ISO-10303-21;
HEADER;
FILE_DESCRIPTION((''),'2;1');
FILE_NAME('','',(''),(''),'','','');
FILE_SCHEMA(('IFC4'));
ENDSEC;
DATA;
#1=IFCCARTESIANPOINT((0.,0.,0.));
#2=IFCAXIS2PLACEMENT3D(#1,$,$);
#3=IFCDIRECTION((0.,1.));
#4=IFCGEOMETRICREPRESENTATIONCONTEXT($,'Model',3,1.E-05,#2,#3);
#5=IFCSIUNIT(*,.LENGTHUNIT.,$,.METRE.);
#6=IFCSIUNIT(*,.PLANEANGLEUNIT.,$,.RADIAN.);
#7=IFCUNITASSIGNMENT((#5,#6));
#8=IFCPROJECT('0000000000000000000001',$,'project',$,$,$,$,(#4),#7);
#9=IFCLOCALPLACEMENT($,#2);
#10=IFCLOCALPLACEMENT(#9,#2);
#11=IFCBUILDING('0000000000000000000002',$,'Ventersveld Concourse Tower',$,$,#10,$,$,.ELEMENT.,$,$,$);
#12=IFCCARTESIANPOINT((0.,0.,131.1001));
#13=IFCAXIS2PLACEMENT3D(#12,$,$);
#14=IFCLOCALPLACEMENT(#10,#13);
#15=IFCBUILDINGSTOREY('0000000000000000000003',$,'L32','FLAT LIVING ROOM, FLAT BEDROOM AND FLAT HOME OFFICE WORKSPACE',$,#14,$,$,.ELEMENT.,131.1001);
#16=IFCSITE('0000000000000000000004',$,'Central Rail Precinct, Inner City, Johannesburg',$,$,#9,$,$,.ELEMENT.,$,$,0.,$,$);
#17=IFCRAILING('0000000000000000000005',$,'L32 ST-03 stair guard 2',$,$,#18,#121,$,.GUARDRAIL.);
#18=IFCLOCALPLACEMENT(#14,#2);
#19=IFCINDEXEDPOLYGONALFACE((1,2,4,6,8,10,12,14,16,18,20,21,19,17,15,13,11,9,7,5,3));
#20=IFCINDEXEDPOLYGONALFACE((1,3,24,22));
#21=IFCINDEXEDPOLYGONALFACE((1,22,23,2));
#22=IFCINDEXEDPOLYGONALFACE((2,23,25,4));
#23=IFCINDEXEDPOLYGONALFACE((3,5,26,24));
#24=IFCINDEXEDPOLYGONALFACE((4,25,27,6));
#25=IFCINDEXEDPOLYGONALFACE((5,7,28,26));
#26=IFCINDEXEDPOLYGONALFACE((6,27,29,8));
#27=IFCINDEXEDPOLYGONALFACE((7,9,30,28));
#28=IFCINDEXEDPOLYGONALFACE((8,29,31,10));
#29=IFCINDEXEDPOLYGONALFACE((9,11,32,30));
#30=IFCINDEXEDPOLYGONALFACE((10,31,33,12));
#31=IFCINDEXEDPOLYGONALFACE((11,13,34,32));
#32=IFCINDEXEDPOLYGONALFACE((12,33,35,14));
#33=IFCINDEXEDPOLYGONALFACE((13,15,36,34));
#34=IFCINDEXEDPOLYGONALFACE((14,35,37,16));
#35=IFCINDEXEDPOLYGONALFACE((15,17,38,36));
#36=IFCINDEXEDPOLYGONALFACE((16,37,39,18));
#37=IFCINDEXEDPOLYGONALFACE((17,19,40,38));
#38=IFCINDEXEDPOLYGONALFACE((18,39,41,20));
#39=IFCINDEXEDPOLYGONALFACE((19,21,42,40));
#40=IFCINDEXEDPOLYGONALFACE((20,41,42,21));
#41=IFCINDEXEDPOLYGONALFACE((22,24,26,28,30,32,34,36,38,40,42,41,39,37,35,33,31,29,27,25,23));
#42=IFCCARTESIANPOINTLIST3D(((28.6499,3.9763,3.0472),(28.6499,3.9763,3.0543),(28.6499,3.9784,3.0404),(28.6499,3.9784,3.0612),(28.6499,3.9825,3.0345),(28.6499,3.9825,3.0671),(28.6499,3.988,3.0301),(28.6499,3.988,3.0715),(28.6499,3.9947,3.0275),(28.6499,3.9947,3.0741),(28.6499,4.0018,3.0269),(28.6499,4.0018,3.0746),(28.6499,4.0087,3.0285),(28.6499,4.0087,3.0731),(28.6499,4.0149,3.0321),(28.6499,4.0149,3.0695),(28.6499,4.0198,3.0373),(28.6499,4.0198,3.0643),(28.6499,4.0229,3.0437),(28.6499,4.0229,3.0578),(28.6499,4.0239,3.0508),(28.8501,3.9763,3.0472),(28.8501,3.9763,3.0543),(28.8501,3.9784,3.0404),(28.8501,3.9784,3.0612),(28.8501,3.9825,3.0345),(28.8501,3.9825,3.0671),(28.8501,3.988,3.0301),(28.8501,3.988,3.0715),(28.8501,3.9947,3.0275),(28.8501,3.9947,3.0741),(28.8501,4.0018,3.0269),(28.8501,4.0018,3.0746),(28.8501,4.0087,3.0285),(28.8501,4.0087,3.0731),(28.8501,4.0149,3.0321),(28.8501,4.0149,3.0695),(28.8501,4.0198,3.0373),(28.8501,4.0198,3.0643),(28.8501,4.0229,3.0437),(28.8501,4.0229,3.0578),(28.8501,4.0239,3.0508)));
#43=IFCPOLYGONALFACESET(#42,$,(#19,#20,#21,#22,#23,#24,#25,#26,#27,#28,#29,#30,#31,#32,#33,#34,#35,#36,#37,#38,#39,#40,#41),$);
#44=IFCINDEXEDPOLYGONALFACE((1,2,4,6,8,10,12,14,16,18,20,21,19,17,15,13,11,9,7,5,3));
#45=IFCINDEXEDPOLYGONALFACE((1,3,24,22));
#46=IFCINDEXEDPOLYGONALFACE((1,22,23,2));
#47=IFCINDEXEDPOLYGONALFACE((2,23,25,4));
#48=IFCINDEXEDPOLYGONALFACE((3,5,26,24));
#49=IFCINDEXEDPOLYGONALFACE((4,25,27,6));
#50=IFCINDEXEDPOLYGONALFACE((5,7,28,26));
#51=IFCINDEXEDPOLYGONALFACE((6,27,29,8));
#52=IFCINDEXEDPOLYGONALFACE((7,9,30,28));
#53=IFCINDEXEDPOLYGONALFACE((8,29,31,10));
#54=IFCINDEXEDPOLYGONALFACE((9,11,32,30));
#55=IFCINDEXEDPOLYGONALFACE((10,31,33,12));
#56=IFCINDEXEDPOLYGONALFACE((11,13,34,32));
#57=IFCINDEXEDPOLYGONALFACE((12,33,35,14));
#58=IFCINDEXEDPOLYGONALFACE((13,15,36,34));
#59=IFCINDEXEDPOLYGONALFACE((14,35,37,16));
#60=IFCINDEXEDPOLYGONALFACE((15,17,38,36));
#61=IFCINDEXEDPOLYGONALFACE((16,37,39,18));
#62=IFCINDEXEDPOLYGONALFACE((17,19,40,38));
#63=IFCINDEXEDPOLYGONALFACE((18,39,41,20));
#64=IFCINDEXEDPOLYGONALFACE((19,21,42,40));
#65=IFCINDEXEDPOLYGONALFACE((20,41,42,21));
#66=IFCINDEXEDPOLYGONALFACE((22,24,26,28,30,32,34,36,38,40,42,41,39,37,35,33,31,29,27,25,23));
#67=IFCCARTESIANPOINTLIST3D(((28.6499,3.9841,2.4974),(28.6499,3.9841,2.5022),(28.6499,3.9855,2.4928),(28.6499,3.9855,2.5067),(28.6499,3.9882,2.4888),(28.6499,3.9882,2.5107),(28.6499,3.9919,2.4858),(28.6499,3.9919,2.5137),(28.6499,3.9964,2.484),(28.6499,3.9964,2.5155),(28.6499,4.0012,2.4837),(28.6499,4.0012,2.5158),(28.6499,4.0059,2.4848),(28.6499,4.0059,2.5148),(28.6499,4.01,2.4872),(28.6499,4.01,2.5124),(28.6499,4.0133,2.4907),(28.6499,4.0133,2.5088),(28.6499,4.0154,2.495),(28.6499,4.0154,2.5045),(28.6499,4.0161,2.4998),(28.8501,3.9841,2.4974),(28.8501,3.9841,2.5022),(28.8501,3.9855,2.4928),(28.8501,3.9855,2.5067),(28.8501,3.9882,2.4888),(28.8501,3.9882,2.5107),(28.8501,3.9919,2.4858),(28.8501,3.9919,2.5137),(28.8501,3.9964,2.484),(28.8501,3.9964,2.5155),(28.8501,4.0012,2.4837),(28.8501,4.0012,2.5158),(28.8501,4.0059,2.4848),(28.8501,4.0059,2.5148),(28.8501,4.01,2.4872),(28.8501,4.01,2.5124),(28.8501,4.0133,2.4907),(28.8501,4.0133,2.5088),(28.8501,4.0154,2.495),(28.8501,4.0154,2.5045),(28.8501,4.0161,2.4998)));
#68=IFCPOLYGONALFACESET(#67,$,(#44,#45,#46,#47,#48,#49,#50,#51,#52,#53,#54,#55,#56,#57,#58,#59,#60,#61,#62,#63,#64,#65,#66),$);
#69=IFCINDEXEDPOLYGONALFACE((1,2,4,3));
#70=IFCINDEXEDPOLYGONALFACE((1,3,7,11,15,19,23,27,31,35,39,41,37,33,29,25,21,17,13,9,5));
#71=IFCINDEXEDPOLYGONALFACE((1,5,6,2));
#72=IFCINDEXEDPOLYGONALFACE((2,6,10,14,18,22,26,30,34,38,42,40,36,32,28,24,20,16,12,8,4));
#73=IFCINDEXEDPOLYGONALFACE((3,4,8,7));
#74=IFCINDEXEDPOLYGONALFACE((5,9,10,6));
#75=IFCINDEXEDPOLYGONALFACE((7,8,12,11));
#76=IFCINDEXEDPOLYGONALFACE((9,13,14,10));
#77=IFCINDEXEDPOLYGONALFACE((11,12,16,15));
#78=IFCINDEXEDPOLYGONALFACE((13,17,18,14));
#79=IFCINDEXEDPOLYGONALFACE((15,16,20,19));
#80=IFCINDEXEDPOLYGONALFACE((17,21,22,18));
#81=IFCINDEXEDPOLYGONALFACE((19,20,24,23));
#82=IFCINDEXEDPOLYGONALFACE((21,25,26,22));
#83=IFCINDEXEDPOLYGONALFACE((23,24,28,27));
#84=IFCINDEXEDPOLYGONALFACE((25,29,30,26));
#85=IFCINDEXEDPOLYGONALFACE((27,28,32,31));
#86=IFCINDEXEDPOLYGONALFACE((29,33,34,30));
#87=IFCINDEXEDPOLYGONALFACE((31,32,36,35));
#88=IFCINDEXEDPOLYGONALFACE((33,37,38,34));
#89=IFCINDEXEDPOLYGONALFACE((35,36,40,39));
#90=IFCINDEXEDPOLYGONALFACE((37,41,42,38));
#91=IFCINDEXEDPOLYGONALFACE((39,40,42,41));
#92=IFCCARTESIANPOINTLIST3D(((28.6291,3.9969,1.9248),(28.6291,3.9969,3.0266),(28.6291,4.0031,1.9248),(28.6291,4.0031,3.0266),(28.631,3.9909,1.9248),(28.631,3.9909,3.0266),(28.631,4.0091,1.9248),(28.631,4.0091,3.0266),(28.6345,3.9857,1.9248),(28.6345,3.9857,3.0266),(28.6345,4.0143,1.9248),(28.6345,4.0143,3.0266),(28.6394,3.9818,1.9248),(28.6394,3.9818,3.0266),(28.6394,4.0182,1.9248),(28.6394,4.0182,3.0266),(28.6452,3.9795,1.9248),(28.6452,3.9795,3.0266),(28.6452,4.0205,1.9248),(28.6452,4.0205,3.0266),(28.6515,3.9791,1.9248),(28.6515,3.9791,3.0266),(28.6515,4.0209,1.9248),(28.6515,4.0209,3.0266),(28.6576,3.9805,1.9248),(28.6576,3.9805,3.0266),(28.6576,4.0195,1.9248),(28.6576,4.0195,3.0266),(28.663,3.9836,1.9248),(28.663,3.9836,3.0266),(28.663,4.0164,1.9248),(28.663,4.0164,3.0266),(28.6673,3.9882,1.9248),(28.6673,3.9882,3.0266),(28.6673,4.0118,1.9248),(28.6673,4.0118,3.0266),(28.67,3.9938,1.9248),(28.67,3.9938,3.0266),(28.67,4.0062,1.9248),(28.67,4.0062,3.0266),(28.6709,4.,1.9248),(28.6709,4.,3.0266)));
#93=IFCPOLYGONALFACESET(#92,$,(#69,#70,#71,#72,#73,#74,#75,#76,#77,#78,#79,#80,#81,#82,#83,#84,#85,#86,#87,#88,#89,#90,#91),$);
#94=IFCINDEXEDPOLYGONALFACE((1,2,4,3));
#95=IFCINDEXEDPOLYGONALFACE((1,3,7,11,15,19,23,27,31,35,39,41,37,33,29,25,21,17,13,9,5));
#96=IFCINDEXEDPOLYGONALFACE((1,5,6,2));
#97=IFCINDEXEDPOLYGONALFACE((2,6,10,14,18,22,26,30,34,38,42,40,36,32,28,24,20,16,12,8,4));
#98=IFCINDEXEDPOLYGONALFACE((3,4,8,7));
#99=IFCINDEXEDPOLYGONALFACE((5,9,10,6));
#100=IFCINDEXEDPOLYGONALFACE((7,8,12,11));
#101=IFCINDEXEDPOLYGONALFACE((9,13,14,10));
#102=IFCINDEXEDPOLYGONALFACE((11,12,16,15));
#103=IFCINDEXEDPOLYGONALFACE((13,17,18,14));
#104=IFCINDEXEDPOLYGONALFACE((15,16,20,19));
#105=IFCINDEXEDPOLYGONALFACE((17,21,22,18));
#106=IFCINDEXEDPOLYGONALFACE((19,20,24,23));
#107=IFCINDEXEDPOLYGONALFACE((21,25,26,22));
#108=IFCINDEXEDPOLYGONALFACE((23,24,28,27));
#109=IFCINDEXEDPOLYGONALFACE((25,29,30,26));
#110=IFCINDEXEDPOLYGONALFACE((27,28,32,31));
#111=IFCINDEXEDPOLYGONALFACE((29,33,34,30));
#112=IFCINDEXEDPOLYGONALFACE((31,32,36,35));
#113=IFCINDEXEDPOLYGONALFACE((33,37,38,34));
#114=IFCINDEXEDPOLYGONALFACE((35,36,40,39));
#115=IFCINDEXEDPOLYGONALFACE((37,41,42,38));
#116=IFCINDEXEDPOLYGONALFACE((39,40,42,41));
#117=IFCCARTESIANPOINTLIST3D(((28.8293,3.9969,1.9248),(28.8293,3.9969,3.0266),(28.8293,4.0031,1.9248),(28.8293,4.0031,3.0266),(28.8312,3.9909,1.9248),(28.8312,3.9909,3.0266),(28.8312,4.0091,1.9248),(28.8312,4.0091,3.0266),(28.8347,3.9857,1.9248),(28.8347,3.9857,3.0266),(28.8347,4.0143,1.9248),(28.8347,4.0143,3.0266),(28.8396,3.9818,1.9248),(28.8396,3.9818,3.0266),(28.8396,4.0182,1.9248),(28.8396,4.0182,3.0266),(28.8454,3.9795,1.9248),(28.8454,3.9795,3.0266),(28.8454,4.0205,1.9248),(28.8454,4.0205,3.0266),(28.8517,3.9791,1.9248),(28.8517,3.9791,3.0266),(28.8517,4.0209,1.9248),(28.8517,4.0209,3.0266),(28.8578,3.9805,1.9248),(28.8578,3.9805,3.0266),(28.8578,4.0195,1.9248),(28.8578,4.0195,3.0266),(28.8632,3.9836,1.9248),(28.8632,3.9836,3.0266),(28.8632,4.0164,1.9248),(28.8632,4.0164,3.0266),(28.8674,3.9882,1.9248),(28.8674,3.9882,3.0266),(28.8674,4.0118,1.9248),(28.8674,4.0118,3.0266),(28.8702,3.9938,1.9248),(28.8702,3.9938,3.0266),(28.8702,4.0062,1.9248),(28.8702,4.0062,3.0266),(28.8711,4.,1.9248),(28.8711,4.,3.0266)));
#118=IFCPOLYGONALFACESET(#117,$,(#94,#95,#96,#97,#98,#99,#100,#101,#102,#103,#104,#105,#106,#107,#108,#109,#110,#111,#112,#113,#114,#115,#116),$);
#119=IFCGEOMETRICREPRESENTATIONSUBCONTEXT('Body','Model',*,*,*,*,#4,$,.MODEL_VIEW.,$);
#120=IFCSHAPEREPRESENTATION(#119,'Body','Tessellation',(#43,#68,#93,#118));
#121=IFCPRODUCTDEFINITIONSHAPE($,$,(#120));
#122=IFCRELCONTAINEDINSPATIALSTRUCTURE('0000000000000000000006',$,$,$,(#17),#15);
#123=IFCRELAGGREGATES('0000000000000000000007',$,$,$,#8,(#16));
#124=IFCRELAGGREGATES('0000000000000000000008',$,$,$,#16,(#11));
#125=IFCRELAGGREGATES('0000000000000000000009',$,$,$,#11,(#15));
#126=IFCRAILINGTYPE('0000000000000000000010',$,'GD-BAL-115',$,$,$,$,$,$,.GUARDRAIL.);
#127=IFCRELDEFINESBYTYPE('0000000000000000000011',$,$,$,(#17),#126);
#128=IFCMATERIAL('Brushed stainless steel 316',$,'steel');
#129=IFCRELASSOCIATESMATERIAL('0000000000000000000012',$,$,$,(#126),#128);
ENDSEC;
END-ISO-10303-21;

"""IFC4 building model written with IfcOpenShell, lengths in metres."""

from ifc_helpers import new_model, si_unit, direction, frame, origin, origin_2d, place, context, subcontext, project, spatial, circle, extrude, material, type_object, element, save


model = new_model("IFC4")

# Units and contexts
model_context = context("Model", 3, precision=1e-05, world=origin(), true_north=direction((0.0, 1.0)))
body_context = subcontext(model_context, "Body", "Model", "MODEL_VIEW")
ifc_project = project(units=[si_unit("LENGTHUNIT", "METRE"), si_unit("PLANEANGLEUNIT", "RADIAN")], contexts=[model_context])

# Site, building, storey
site_placement = place(None, origin())
site = spatial("IfcSite", under=ifc_project, at=site_placement, Name="Central Rail Precinct, Inner City, Johannesburg", CompositionType="ELEMENT", RefElevation=0.0)
building_placement = place(site_placement, origin())
building = spatial("IfcBuilding", under=site, at=building_placement, Name="Ventersveld Concourse Tower", CompositionType="ELEMENT")
storey_placement = place(building_placement, frame((0.0, 0.0, 131.1001)))
storey = spatial("IfcBuildingStorey", under=building, at=storey_placement, Name="L32", Description="FLAT LIVING ROOM, FLAT BEDROOM AND FLAT HOME OFFICE WORKSPACE", CompositionType="ELEMENT", Elevation=131.1001)

# Railing
ifc_material_1 = material(Name="Brushed stainless steel 316", Category="steel")
railing_type = type_object("IfcRailingType", Name="GD-BAL-115", PredefinedType="GUARDRAIL", material=ifc_material_1)
railing_1_placement = place(storey_placement, frame((28.6499, 4.0, 1.9248)))
element("IfcRailing", 1, at=railing_1_placement, inside=storey, type_object=railing_type, Name="L32 ST-03 stair guard 2", PredefinedType="GUARDRAIL", context=body_context, shape_type="SweptSolid", body=[
    extrude(circle(Radius=0.0239, at=origin_2d()), frame((0.0, 0.0, 1.126), z_axis=(1.0, 0.0, 0.0), x_axis=(0.0, 1.0, 0.0)), (0.0, 0.0, 1.0), 0.2002),
    extrude(circle(Radius=0.0161, at=origin_2d()), frame((0.0, 0.0, 0.575), z_axis=(1.0, 0.0, 0.0), x_axis=(0.0, 1.0, 0.0)), (0.0, 0.0, 1.0), 0.2002),
    extrude(circle(Radius=0.021, at=origin_2d()), origin(), (0.0, 0.0, 1.0), 1.1018),
    extrude(circle(Radius=0.021, at=origin_2d()), frame((0.2002, 0.0, 0.0)), (0.0, 0.0, 1.0), 1.1018),
])

save(model, "model.ifc")
